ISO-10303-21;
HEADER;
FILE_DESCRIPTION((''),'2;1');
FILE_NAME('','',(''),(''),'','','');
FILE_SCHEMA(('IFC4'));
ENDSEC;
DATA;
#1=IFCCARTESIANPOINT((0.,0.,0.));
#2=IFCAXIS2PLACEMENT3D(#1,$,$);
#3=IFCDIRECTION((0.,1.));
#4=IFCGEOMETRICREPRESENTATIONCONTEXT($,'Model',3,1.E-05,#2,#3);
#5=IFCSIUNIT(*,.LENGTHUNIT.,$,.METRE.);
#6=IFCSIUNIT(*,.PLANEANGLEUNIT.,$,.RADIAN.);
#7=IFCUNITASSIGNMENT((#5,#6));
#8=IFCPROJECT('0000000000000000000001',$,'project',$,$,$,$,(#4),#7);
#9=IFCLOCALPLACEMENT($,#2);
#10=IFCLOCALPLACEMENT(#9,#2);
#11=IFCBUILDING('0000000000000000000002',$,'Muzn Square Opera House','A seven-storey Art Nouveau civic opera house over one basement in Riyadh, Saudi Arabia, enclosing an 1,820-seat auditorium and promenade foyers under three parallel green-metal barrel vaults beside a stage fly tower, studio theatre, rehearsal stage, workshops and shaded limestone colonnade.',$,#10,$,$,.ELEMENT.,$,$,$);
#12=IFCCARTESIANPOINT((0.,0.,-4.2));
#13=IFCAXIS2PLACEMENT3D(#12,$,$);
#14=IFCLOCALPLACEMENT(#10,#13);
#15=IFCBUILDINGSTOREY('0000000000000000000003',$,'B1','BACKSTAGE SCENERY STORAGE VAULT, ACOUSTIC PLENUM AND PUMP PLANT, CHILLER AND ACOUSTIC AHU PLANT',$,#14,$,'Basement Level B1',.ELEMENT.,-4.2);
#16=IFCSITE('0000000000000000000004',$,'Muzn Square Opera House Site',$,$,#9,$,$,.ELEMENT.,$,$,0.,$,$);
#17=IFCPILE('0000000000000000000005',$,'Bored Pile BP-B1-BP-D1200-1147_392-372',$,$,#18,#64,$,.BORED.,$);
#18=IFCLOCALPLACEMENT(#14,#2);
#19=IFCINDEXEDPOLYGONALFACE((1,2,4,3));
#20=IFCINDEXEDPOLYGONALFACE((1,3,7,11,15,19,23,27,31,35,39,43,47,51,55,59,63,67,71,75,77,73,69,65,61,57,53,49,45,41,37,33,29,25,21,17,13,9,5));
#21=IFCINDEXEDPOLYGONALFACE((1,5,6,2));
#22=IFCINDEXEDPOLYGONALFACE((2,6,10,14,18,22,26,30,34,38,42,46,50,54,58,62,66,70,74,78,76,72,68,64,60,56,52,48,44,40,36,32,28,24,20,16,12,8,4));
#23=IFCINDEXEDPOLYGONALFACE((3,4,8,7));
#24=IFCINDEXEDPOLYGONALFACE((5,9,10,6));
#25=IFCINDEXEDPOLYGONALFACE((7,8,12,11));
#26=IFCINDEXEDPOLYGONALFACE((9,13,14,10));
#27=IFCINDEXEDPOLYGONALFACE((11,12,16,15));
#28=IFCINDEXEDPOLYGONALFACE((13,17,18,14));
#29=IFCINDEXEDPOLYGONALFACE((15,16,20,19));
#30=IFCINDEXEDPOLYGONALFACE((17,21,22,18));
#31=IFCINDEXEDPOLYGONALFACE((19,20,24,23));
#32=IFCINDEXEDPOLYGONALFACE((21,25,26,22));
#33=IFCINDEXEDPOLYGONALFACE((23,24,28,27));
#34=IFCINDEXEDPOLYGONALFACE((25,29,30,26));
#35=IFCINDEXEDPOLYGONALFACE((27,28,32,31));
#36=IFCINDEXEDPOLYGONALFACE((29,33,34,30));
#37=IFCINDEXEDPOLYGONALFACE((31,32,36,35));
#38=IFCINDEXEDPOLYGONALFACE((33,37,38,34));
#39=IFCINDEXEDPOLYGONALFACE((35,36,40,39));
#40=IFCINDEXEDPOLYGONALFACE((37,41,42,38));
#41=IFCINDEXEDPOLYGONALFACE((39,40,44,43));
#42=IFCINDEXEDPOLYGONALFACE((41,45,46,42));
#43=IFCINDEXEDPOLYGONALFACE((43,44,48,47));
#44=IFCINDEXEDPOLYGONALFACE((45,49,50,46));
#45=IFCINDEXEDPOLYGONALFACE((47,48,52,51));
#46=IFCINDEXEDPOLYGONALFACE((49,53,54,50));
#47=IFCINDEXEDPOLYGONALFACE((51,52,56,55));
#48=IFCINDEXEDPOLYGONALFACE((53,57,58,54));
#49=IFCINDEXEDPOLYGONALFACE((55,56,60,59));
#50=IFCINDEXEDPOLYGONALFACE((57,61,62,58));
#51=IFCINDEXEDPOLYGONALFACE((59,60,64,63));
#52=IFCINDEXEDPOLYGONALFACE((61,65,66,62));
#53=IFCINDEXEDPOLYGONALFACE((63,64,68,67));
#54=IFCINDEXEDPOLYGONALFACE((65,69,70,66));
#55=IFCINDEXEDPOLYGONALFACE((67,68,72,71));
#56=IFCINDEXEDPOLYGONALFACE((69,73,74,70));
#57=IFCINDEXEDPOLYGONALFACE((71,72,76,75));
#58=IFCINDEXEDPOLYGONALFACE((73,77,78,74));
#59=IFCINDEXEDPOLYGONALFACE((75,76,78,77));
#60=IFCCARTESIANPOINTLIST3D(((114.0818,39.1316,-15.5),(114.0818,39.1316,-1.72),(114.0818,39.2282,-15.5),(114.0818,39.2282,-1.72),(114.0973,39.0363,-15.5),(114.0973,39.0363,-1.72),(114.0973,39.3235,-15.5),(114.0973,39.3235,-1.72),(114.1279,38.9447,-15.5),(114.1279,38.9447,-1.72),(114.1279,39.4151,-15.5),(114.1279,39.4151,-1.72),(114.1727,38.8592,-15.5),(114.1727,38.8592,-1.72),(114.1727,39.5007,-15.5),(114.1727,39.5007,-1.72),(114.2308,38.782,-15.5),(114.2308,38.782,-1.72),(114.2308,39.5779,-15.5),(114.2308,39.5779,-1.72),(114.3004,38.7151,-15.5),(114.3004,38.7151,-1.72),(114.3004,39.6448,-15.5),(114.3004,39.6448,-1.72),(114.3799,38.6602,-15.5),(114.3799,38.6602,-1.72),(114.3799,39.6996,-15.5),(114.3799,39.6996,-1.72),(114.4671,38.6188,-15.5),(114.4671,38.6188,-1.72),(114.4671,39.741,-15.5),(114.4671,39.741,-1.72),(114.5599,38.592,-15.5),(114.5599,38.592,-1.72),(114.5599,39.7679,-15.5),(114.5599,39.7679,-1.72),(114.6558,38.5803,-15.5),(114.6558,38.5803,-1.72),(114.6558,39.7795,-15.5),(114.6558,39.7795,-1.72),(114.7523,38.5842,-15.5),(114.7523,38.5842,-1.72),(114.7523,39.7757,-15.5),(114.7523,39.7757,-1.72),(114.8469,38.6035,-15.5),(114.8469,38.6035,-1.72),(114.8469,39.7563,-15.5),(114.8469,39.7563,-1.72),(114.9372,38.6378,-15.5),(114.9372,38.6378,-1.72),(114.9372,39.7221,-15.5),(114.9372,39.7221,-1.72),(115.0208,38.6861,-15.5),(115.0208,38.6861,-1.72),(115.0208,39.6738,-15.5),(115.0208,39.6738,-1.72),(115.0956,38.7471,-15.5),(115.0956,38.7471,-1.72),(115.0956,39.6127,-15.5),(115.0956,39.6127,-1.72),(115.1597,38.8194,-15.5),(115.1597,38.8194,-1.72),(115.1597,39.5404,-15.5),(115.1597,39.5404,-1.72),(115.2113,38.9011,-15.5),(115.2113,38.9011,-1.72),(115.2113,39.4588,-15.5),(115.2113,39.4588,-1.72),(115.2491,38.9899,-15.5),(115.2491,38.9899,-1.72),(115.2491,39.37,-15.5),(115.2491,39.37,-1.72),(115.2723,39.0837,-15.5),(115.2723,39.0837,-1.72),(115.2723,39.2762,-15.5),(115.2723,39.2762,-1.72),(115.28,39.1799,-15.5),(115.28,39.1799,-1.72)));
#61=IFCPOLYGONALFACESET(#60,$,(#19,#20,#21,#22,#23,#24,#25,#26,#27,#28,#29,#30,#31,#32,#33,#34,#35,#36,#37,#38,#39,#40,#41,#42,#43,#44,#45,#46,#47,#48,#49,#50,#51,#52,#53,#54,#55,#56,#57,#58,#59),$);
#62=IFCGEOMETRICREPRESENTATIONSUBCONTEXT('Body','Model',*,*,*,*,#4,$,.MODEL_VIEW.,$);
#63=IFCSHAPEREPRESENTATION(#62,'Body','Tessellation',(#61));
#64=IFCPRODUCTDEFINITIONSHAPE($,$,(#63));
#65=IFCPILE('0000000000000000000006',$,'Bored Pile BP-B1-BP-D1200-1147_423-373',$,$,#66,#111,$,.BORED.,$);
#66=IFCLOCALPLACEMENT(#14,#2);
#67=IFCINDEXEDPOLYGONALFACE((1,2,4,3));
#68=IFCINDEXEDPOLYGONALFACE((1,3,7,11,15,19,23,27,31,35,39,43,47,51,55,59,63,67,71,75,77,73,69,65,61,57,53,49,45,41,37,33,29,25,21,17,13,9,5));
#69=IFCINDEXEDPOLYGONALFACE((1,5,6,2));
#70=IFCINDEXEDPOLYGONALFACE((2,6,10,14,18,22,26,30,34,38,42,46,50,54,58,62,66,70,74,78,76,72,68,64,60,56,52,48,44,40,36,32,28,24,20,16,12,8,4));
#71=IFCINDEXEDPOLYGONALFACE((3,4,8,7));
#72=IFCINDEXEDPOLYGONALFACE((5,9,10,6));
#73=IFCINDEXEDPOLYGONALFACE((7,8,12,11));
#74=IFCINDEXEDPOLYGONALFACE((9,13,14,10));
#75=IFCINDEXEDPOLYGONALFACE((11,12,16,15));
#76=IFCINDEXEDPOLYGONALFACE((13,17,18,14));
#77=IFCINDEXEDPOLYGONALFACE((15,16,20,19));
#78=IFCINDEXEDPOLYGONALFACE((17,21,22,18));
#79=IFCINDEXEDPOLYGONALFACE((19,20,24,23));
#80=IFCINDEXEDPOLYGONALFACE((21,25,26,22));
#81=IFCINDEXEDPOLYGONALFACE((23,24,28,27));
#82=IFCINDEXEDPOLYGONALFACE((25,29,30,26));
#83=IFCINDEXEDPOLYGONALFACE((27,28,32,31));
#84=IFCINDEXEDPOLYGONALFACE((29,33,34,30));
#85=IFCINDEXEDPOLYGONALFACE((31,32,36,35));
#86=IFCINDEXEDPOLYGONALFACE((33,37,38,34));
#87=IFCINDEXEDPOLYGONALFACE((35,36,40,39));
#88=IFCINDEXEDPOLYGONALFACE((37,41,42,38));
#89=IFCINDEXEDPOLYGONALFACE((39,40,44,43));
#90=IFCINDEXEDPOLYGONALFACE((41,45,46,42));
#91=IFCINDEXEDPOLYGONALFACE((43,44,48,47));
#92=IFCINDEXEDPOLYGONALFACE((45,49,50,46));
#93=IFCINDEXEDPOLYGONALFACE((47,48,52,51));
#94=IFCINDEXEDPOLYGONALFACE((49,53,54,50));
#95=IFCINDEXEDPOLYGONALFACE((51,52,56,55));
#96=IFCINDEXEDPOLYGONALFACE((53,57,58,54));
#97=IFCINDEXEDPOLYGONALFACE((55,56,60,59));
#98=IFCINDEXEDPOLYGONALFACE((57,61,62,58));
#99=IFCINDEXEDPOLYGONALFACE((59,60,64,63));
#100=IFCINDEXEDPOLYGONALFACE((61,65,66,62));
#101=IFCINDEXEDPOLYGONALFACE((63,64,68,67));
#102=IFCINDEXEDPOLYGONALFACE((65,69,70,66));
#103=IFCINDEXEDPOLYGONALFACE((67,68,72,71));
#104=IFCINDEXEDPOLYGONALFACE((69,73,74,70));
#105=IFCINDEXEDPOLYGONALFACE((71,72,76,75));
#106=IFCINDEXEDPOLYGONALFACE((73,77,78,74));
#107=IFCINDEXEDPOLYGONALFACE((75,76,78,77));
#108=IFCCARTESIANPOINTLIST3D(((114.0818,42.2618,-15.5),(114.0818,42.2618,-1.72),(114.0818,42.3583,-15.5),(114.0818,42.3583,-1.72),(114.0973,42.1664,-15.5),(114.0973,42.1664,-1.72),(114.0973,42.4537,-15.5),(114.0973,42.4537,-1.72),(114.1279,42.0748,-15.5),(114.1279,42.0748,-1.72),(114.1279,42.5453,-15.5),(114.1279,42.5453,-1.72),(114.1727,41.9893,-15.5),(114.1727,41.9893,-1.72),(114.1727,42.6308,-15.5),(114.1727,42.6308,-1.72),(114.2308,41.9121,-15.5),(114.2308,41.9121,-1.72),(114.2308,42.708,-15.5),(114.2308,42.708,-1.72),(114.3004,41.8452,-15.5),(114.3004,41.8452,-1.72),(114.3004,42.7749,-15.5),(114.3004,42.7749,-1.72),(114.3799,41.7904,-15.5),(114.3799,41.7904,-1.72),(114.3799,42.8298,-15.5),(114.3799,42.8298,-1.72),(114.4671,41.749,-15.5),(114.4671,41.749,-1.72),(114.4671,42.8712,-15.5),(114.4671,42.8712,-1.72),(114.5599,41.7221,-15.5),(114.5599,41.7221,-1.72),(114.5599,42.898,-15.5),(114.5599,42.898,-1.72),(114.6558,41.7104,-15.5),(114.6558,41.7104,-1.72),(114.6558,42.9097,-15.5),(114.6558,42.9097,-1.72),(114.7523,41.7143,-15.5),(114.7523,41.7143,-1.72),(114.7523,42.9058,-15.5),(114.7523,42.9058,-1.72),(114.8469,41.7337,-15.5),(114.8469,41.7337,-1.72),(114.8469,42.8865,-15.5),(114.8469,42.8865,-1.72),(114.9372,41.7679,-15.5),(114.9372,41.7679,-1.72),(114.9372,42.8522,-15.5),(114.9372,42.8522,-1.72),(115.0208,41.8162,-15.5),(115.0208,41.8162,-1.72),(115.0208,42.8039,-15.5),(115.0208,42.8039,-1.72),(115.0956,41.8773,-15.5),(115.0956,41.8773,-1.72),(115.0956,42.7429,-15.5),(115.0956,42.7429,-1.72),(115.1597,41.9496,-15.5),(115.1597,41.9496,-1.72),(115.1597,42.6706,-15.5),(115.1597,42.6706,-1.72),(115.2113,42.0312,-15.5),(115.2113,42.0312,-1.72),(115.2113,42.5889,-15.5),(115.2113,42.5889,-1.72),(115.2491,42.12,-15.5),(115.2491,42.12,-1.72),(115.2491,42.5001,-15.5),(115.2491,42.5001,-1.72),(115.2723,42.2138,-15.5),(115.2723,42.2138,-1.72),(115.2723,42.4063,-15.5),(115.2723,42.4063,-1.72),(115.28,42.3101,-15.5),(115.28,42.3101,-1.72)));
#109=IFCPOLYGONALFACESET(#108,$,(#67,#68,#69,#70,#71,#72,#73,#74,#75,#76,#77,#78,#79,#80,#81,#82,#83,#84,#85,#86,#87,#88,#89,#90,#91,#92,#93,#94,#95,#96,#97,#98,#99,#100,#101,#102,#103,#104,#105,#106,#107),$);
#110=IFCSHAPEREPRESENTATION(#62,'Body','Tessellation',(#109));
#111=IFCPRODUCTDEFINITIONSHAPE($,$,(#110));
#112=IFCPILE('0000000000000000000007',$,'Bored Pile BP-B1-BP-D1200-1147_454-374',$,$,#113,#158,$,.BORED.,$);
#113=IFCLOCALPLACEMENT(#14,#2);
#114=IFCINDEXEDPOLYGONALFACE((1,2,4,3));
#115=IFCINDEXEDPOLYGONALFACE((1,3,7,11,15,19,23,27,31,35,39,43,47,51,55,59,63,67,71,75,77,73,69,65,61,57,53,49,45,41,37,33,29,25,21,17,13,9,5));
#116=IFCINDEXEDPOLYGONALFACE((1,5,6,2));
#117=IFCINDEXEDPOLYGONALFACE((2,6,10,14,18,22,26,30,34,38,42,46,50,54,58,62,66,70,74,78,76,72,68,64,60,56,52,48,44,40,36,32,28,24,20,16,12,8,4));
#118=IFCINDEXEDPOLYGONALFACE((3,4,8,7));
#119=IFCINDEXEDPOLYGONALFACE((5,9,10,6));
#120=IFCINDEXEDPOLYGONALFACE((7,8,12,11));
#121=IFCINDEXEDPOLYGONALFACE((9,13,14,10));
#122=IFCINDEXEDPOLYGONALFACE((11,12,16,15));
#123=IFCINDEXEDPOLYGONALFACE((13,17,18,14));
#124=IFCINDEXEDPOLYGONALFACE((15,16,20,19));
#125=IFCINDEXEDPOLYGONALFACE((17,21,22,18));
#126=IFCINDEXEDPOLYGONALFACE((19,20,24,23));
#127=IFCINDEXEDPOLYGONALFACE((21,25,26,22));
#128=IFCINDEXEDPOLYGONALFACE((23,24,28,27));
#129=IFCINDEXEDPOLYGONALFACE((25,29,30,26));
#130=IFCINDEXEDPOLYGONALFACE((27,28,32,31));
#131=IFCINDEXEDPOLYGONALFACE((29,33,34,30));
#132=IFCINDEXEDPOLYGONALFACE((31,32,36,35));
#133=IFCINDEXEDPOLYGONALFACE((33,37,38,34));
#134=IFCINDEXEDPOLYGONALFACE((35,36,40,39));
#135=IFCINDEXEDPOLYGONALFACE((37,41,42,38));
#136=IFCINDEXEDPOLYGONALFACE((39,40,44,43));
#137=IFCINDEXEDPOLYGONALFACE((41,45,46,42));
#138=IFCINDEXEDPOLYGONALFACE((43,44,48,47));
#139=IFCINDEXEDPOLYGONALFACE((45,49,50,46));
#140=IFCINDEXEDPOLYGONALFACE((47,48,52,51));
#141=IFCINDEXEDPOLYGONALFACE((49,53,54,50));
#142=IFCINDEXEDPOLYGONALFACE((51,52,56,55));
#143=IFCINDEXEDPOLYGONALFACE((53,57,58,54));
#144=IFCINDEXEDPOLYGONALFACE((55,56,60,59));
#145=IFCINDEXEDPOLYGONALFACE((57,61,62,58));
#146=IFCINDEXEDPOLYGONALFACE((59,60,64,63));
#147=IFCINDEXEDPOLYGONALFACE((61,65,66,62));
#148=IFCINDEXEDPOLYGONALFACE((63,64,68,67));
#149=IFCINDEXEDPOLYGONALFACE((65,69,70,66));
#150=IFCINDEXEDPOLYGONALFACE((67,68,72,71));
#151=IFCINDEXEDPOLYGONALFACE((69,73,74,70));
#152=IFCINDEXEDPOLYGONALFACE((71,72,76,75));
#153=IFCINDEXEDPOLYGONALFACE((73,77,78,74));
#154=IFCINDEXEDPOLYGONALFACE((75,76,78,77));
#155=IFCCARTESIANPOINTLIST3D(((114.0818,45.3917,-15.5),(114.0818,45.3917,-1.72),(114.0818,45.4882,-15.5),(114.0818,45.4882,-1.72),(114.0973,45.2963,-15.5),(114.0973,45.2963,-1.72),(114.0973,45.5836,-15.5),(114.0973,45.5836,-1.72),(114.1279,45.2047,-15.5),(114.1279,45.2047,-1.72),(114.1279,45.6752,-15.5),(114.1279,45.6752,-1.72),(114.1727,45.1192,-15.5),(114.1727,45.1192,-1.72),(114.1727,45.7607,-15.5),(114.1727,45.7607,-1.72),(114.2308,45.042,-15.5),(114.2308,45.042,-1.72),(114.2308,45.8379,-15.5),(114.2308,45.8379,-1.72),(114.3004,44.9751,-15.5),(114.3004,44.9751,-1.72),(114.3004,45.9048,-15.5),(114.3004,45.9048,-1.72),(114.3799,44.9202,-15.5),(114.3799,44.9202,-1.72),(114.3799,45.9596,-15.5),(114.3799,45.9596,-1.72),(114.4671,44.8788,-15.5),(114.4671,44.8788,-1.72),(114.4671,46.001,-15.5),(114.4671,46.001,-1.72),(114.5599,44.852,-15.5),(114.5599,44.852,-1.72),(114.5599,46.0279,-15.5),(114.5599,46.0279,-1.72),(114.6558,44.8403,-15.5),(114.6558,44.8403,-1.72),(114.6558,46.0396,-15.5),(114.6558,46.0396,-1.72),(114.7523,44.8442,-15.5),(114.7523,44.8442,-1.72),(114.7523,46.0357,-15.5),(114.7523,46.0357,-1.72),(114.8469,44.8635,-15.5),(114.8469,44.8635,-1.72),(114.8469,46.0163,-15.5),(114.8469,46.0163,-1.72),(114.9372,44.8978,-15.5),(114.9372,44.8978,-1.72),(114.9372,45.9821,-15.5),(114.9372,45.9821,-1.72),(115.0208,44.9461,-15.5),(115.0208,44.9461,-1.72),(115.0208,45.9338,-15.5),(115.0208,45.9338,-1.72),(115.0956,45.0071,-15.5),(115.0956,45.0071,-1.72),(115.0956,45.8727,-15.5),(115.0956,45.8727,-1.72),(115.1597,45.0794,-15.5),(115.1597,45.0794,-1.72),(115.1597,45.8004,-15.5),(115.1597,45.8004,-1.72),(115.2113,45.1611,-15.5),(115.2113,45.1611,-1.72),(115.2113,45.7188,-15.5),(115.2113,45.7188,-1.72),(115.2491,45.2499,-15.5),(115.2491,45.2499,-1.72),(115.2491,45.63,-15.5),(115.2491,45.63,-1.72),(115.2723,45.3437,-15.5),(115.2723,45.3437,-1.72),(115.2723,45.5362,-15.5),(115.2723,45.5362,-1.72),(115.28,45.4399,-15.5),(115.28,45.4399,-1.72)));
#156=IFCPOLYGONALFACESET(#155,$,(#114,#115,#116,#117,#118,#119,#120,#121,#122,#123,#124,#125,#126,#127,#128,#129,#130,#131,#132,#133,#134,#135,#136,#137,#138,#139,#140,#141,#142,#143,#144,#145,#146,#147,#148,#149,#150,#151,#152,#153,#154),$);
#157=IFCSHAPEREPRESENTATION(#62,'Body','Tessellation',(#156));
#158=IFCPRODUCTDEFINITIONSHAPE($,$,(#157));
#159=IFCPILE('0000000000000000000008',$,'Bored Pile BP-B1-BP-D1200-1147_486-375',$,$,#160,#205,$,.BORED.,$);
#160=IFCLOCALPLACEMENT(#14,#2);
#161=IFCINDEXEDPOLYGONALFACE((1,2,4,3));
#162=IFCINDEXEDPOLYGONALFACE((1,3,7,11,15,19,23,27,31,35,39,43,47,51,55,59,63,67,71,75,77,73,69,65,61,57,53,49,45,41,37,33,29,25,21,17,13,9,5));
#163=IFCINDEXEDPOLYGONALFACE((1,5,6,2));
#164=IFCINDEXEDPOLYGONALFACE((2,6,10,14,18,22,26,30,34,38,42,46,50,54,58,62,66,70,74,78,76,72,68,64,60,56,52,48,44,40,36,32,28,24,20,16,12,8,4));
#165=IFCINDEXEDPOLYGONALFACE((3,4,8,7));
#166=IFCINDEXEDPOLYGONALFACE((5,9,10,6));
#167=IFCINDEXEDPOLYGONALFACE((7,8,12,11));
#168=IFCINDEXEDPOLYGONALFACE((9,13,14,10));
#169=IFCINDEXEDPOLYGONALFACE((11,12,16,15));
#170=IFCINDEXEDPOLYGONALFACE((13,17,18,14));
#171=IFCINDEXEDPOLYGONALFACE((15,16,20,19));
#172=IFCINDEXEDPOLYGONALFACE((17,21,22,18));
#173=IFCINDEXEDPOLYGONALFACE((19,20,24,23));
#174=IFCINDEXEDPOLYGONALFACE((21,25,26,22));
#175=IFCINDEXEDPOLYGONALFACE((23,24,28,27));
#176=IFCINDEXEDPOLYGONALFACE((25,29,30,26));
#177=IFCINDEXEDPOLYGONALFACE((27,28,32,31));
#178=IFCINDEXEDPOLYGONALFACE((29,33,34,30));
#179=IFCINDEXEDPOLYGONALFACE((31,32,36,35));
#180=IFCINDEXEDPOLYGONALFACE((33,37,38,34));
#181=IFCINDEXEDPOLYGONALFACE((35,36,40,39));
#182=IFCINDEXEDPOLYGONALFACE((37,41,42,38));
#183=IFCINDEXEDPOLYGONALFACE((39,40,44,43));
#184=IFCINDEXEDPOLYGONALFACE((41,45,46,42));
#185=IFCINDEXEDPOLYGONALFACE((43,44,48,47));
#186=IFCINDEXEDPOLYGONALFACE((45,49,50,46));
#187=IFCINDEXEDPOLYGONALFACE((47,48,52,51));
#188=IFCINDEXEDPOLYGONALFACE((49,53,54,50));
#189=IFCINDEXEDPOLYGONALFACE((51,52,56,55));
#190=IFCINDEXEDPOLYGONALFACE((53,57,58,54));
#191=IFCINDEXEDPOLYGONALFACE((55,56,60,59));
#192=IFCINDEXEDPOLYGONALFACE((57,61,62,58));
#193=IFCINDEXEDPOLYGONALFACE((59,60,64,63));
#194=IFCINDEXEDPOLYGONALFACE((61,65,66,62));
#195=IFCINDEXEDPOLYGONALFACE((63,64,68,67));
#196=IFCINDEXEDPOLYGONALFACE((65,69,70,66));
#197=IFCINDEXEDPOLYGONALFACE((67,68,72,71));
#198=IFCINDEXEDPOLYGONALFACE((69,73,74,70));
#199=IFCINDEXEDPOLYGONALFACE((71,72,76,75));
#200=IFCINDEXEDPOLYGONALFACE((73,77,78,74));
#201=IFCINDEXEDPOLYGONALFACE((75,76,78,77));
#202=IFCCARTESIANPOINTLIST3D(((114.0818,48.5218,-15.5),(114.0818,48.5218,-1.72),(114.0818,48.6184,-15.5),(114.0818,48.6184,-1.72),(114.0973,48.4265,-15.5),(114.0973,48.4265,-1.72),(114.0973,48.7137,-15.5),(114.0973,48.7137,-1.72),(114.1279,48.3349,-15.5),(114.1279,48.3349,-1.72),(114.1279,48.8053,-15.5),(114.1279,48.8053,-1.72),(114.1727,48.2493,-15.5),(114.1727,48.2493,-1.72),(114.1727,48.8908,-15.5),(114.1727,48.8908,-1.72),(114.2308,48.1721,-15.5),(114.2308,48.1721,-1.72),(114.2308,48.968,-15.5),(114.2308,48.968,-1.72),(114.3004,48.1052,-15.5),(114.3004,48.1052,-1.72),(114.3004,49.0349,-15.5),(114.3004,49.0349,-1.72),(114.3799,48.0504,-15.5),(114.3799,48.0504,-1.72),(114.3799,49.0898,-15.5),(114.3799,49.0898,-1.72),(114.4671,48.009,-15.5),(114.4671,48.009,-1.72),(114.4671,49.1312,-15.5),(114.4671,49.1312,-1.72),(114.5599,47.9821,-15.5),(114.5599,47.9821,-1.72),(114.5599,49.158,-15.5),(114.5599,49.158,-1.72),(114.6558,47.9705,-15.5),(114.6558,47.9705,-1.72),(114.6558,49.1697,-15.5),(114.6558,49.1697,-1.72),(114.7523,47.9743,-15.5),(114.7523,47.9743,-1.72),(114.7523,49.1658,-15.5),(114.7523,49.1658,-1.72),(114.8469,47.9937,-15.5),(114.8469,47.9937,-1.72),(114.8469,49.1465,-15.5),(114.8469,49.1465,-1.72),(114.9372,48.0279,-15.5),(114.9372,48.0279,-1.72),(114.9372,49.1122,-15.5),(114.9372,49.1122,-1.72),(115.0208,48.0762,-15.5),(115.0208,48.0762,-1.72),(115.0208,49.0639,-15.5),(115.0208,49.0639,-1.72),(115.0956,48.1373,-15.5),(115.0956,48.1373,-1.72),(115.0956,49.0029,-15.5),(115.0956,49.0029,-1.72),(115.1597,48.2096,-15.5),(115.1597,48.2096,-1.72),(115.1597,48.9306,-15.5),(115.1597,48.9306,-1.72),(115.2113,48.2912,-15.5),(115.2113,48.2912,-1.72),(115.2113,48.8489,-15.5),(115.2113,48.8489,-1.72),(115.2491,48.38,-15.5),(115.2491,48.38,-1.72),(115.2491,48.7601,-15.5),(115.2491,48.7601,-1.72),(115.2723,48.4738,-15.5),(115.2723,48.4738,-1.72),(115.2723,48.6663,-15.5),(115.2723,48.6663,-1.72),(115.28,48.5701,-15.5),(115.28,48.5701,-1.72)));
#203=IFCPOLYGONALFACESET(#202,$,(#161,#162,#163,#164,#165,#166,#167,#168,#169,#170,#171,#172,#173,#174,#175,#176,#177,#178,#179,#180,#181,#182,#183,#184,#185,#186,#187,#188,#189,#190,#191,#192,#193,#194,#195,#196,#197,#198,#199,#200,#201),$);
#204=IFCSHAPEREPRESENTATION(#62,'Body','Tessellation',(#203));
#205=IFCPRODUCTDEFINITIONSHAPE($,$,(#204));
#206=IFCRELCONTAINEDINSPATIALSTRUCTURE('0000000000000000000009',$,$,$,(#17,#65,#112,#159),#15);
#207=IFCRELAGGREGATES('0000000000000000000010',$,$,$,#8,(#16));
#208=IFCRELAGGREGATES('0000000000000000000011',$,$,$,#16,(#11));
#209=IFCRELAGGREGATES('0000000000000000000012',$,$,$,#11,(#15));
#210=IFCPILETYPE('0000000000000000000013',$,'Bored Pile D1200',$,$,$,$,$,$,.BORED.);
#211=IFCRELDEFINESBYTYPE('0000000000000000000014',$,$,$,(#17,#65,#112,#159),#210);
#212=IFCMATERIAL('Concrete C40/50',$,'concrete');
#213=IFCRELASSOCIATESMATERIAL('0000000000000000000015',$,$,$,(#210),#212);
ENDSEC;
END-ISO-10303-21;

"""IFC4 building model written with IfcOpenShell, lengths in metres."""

from ifc_helpers import new_model, si_unit, direction, frame, origin, origin_2d, place, context, subcontext, project, spatial, circle, extrude, material, material_profile, profile_set, type_object, element, save


model = new_model("IFC4")

# Units and contexts
model_context = context("Model", 3, precision=1e-05, world=origin(), true_north=direction((0.0, 1.0)))
body_context = subcontext(model_context, "Body", "Model", "MODEL_VIEW")
ifc_project = project(units=[si_unit("LENGTHUNIT", "METRE"), si_unit("PLANEANGLEUNIT", "RADIAN")], contexts=[model_context])

# Site, building, storey
site_placement = place(None, origin())
site = spatial("IfcSite", under=ifc_project, at=site_placement, Name="Muzn Square Opera House Site", CompositionType="ELEMENT", RefElevation=0.0)
building_placement = place(site_placement, origin())
building = spatial("IfcBuilding", under=site, at=building_placement, Name="Muzn Square Opera House", Description="A seven-storey Art Nouveau civic opera house over one basement in Riyadh, Saudi Arabia, enclosing an 1,820-seat auditorium and promenade foyers under three parallel green-metal barrel vaults beside a stage fly tower, studio theatre, rehearsal stage, workshops and shaded limestone colonnade.", CompositionType="ELEMENT")
storey_placement = place(building_placement, frame((0.0, 0.0, -4.2)))
storey = spatial("IfcBuildingStorey", under=building, at=storey_placement, Name="B1", Description="BACKSTAGE SCENERY STORAGE VAULT, ACOUSTIC PLENUM AND PUMP PLANT, CHILLER AND ACOUSTIC AHU PLANT", LongName="Basement Level B1", CompositionType="ELEMENT", Elevation=-4.2)

# Piles
ifc_material_1 = material(Name="Concrete C40/50", Category="concrete")
ifc_material_profile = material_profile(ifc_material_1, circle(Radius=0.6001, at=origin_2d()), Name="BORED PILE D1200", Category="concrete")
ifc_profile_set = profile_set([ifc_material_profile], Name="Concrete C40/50")
pile_type = type_object("IfcPileType", Name="Bored Pile D1200", PredefinedType="BORED", material=ifc_profile_set)
for number, where, z_axis, x_axis, name in (
    (1, (114.6799, 39.1799, -1.72), (0.0, 0.0, -1.0), (1.0, 0.0, 0.0), "Bored Pile BP-B1-BP-D1200-1147_392-372"),
    (2, (114.6799, 42.3101, -1.72), (0.0, 0.0, -1.0), (1.0, 0.0, 0.0), "Bored Pile BP-B1-BP-D1200-1147_423-373"),
    (3, (114.6799, 45.4399, -1.72), (0.0, 0.0, -1.0), (1.0, 0.0, 0.0), "Bored Pile BP-B1-BP-D1200-1147_454-374"),
    (4, (114.6799, 48.5701, -1.72), (0.0, 0.0, -1.0), (1.0, 0.0, 0.0), "Bored Pile BP-B1-BP-D1200-1147_486-375"),
):
    element("IfcPile", number, at=place(storey_placement, frame(where, z_axis=z_axis, x_axis=x_axis)), inside=storey, type_object=pile_type, Name=name, PredefinedType="BORED", context=body_context, shape_type="SweptSolid", body=[
        extrude(circle(Radius=0.6001, at=origin_2d()), origin(), (0.0, 0.0, 1.0), 13.78),
    ])

save(model, "model.ifc")
